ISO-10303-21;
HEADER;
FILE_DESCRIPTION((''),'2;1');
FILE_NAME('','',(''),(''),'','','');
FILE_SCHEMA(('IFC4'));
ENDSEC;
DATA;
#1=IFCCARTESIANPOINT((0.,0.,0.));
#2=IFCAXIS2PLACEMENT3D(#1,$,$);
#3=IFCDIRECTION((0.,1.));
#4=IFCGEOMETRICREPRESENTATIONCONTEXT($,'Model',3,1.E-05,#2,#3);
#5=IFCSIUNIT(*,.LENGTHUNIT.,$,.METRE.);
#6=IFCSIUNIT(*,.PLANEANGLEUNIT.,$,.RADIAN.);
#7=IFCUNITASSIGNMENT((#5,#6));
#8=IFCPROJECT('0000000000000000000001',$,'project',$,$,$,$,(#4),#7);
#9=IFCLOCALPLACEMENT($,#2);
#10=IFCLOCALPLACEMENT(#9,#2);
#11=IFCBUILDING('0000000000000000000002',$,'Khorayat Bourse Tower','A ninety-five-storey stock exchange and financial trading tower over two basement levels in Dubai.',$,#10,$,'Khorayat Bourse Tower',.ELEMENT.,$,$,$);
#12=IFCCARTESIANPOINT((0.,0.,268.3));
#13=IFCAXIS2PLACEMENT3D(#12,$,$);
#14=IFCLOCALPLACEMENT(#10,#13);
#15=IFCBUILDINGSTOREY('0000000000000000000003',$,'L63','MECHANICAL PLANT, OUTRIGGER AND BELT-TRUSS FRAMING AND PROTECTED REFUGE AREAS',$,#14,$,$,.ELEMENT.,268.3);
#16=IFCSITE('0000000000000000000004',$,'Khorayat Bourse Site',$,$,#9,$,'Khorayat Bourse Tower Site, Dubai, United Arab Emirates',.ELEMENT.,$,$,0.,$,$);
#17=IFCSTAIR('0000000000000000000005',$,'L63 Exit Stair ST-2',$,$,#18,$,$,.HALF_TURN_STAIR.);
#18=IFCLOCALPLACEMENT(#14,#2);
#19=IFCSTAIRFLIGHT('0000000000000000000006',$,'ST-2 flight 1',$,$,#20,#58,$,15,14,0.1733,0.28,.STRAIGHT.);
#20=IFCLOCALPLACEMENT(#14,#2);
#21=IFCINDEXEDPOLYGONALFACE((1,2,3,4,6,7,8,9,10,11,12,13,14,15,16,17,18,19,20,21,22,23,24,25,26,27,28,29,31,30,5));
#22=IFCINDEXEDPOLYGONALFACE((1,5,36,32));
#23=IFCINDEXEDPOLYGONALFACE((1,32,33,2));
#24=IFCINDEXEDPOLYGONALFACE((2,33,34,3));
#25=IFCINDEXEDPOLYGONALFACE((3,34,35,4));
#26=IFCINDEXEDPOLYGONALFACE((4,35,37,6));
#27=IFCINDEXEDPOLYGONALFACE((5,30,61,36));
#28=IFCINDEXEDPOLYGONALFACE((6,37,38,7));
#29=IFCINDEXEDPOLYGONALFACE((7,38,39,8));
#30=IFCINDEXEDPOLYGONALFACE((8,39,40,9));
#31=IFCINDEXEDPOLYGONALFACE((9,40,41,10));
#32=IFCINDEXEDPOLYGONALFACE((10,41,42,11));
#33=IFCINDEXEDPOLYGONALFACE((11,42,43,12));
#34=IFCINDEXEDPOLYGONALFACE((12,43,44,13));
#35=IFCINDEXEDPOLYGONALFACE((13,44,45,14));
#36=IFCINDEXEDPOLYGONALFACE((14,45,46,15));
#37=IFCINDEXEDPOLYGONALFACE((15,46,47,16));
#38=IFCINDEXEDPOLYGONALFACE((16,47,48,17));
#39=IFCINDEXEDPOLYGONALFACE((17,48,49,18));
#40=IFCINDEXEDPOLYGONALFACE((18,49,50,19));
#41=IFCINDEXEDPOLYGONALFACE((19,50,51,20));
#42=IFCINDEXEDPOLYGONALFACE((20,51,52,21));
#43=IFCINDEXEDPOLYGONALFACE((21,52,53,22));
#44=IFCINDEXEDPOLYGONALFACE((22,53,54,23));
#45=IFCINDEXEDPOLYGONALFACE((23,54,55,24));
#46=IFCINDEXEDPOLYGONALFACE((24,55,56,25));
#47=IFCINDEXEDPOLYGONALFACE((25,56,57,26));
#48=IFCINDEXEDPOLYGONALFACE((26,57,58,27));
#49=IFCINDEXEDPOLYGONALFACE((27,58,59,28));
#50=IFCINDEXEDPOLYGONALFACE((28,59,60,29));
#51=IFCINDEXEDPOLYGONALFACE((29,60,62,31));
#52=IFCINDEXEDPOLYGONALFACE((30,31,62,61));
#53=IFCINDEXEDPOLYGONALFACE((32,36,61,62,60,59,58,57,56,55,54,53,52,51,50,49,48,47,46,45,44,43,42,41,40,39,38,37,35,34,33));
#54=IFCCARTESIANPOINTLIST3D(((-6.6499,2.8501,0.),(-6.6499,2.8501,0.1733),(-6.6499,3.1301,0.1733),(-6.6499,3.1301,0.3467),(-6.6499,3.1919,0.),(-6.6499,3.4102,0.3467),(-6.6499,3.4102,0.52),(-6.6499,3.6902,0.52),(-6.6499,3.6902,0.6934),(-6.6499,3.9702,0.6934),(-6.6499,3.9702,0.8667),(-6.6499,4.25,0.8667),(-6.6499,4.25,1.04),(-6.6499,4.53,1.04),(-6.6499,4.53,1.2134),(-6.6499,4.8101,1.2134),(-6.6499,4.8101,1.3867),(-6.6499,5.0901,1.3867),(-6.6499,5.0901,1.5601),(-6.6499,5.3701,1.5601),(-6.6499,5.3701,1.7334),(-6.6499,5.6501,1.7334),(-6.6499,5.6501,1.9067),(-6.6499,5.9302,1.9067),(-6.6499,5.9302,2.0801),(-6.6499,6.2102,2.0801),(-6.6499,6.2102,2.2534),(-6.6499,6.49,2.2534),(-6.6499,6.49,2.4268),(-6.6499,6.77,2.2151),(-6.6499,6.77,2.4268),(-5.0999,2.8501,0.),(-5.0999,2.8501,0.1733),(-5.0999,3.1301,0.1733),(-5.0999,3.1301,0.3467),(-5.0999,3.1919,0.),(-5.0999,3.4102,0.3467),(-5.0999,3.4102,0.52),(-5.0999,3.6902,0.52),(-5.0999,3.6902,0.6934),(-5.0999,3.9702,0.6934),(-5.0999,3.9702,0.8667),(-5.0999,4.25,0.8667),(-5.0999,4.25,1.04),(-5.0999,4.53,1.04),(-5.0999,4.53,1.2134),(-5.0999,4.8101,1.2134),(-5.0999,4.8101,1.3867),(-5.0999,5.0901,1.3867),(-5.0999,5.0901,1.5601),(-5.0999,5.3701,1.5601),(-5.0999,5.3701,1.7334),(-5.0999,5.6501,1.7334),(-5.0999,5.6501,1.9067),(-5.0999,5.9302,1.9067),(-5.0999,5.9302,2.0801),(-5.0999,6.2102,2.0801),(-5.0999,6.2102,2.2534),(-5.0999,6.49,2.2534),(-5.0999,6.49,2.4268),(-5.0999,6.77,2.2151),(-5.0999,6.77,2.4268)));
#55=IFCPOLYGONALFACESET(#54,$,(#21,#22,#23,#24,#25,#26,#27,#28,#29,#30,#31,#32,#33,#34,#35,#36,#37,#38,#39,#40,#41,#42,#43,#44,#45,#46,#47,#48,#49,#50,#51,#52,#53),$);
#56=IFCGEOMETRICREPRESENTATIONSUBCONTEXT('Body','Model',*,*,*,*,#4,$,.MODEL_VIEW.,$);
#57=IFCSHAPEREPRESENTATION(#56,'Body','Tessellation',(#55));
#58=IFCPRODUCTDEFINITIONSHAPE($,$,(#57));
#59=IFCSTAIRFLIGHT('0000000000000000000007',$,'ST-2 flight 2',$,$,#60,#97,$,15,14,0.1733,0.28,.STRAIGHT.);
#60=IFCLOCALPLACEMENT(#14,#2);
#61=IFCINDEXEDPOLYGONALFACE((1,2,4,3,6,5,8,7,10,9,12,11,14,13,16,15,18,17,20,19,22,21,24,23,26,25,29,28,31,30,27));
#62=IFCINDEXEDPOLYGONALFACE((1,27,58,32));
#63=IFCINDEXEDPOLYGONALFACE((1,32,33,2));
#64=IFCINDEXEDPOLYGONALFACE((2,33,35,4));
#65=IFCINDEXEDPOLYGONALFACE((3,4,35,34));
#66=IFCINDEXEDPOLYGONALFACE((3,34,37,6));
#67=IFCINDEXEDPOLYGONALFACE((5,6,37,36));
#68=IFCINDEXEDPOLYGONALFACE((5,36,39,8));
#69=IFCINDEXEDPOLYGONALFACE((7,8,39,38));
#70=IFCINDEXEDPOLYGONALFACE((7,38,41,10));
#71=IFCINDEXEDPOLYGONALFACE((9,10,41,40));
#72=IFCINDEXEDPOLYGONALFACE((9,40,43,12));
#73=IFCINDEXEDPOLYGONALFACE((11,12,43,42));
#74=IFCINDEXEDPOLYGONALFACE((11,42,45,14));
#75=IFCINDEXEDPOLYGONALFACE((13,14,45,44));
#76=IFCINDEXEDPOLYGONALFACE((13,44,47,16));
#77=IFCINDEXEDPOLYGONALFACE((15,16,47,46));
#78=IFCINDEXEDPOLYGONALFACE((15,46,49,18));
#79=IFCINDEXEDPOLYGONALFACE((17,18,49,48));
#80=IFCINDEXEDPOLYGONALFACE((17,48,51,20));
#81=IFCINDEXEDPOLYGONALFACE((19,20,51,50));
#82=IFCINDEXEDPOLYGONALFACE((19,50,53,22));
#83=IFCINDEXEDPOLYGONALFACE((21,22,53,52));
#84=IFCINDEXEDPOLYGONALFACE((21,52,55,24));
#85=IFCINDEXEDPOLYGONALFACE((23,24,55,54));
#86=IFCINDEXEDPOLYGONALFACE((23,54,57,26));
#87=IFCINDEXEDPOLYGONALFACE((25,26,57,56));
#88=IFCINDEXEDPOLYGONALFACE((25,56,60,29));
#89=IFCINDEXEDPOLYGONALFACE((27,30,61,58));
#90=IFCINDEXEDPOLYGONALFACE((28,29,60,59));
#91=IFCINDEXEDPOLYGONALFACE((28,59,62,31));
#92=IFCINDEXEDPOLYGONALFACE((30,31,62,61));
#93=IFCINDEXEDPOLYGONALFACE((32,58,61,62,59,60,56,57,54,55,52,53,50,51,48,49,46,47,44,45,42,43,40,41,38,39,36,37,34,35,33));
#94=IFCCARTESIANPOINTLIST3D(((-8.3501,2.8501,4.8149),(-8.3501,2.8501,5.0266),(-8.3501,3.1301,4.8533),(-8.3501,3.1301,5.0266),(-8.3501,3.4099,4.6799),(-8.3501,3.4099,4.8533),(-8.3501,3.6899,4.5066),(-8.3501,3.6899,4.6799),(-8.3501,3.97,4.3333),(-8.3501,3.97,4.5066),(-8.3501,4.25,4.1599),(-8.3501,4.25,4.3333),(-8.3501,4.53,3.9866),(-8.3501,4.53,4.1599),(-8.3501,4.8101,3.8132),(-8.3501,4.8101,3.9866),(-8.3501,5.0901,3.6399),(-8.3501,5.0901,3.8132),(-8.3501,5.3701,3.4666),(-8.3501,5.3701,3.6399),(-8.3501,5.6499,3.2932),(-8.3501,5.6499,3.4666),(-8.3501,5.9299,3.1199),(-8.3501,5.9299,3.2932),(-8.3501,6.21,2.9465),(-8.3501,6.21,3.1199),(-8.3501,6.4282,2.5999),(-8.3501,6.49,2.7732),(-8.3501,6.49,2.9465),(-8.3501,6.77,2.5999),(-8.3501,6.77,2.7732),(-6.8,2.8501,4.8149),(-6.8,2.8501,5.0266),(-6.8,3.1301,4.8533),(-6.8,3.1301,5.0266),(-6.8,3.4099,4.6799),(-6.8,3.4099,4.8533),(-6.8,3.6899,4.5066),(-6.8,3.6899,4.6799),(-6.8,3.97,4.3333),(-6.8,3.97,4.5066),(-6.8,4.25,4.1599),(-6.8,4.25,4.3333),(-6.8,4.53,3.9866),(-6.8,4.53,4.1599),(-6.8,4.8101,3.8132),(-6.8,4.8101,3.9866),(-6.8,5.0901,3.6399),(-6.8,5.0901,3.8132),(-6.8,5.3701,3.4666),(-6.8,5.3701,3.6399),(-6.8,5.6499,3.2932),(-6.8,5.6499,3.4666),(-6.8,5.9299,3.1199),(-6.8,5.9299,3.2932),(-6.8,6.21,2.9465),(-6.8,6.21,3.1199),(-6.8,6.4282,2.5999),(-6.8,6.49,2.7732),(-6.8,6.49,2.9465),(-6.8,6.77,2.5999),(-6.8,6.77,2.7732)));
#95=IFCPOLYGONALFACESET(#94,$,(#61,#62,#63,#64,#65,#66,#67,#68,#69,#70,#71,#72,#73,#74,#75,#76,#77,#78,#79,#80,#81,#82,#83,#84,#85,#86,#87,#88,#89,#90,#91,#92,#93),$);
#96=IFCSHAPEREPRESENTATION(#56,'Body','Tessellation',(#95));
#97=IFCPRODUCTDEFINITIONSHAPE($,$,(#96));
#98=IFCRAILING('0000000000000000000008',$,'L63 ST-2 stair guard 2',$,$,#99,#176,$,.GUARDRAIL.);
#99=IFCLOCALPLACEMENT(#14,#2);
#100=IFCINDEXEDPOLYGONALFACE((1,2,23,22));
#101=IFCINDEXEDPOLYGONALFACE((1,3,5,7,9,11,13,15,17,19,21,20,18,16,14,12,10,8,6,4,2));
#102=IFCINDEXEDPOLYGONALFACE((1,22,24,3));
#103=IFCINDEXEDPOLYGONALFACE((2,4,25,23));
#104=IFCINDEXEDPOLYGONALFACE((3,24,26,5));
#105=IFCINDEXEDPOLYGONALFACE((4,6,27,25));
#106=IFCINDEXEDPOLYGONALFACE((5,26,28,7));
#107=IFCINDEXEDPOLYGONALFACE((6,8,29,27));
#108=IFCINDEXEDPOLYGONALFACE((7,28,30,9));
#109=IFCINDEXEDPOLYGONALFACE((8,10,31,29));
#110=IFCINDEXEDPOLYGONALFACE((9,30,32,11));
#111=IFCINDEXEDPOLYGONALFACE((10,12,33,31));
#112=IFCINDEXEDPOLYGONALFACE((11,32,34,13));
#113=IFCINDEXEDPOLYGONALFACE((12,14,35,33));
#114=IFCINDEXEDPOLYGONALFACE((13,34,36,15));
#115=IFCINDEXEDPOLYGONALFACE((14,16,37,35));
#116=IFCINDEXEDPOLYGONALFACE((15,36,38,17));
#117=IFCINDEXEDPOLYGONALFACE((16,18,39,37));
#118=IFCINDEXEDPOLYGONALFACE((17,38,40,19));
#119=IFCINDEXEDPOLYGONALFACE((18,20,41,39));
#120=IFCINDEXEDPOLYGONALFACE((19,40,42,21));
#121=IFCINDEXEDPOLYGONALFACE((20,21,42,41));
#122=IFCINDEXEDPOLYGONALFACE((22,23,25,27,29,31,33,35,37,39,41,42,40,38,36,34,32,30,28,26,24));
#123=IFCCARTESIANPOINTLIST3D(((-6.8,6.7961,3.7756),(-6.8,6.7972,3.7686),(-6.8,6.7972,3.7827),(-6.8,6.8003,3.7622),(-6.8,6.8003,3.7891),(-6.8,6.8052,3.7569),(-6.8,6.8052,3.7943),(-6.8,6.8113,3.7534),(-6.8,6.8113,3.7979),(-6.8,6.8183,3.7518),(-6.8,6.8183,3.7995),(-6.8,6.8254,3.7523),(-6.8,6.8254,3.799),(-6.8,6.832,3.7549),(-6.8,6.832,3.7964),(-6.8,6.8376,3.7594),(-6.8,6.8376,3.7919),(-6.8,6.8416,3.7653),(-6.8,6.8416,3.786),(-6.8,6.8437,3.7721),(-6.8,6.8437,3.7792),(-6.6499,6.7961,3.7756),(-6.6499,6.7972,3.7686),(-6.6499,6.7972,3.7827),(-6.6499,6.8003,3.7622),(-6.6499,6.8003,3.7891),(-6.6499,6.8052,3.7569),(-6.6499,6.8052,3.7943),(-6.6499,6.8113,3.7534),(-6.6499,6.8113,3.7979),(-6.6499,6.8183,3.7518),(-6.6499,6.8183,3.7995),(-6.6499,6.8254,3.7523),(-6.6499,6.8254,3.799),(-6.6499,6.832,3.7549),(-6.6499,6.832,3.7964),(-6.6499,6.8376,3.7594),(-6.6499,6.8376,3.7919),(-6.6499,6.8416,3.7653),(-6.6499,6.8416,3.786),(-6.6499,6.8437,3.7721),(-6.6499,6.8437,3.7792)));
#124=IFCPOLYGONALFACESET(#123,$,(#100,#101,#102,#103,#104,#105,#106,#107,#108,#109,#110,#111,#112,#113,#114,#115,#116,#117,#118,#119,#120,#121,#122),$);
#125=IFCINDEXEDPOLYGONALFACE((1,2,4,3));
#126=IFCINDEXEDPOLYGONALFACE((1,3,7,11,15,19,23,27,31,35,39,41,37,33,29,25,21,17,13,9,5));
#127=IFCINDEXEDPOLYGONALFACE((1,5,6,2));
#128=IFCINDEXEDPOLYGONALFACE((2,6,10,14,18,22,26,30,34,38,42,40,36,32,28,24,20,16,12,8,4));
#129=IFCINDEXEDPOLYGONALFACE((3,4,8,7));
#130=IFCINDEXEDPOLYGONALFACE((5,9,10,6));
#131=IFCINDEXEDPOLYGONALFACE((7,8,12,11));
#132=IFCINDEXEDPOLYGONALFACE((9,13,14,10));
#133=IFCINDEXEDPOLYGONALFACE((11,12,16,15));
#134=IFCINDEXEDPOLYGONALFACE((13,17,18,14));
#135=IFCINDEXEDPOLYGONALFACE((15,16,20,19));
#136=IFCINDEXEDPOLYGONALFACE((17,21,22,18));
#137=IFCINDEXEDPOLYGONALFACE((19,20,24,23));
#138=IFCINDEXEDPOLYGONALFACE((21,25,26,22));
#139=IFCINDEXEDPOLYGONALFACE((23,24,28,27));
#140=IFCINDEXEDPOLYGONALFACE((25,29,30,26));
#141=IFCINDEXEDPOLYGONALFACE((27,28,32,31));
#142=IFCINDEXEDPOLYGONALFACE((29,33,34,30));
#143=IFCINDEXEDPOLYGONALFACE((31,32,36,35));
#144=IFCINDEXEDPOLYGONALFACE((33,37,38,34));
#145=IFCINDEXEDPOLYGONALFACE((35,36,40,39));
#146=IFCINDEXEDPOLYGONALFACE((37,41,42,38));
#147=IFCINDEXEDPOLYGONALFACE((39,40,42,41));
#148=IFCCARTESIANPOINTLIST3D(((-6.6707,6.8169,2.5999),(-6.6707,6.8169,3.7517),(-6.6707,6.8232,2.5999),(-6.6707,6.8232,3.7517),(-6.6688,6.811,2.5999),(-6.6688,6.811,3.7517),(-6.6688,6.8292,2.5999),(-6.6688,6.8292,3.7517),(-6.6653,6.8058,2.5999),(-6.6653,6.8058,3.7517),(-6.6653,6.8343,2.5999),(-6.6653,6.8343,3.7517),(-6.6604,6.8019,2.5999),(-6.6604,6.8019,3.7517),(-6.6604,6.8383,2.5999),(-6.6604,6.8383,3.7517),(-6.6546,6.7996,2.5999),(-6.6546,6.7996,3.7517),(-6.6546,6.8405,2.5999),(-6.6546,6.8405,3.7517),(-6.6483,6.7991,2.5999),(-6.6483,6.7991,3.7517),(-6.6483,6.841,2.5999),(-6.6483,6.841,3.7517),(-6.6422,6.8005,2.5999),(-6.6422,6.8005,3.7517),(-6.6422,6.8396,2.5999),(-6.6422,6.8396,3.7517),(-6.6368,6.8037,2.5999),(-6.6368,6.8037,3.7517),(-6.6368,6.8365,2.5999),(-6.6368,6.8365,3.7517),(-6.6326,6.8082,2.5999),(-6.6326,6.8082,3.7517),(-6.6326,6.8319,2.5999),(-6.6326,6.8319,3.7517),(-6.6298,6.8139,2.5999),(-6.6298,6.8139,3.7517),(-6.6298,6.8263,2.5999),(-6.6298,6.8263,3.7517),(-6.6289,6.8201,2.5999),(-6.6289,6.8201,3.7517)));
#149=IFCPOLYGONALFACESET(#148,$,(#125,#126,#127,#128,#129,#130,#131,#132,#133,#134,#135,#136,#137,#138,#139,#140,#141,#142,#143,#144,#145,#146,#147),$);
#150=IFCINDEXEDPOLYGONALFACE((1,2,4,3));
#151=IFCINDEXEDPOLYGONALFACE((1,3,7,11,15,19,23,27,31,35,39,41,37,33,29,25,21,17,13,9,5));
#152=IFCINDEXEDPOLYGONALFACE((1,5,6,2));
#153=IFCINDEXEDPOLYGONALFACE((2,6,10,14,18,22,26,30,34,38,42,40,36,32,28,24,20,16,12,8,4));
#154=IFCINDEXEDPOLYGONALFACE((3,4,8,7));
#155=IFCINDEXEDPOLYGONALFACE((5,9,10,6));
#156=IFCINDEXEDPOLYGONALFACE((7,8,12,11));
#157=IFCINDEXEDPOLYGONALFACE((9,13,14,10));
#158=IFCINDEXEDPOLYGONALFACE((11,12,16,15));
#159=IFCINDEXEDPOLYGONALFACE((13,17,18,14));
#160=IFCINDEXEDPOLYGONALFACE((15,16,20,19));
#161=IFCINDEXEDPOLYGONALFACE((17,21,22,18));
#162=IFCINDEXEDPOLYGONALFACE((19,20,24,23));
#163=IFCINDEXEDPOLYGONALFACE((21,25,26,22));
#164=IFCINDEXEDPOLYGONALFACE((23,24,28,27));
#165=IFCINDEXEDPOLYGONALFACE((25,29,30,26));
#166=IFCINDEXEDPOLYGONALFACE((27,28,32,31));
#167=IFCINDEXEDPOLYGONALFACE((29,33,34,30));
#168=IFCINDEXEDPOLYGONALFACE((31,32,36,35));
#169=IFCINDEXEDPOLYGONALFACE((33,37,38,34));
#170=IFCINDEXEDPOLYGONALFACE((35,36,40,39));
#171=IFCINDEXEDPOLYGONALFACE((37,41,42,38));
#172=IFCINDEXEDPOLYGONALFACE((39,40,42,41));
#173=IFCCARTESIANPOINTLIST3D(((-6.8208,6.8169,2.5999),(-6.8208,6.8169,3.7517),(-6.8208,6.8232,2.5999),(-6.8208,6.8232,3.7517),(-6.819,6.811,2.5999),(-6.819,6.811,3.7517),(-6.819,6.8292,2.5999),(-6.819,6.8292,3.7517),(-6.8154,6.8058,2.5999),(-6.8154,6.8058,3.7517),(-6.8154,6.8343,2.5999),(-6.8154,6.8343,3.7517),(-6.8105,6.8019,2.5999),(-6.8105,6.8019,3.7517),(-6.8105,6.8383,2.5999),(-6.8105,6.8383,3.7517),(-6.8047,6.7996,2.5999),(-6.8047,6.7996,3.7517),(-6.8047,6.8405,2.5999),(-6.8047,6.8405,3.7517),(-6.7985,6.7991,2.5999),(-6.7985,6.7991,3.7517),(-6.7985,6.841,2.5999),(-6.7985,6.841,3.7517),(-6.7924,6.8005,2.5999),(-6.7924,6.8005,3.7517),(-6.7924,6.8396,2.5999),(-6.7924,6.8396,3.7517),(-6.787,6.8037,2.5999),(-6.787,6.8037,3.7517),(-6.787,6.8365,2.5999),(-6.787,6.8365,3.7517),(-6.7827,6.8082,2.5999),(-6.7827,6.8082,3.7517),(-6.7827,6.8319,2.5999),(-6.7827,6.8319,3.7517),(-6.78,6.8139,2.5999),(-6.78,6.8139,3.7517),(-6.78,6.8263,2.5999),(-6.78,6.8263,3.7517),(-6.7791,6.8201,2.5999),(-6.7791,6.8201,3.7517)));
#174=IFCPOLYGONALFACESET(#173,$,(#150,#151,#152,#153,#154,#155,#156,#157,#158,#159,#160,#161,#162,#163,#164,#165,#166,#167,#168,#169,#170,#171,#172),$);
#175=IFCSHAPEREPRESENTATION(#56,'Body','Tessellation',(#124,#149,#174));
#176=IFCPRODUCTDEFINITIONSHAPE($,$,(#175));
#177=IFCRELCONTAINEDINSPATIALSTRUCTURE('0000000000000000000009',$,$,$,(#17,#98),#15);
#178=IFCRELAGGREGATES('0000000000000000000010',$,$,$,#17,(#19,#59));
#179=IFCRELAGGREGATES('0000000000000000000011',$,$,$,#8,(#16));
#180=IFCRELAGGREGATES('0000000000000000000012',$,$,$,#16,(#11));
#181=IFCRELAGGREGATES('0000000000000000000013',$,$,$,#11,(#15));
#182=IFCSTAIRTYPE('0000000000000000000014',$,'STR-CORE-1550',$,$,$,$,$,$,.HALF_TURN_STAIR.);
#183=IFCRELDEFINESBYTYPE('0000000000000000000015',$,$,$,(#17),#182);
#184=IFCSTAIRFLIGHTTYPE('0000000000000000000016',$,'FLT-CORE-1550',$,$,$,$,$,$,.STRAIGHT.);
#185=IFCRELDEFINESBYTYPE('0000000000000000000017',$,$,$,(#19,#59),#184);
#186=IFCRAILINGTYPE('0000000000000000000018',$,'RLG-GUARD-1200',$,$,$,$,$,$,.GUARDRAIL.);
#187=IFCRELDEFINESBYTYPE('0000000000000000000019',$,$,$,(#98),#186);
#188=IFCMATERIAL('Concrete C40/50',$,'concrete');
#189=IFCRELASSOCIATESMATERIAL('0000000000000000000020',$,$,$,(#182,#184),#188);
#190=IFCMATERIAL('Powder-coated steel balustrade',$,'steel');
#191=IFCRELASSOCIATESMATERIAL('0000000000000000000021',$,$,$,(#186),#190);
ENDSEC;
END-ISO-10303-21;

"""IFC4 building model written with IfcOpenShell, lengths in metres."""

from ifc_helpers import new_model, si_unit, direction, frame, origin, origin_2d, place, context, subcontext, project, spatial, polyline, circle, outline, extrude, source, transform, mapped, material, type_object, element, aggregate, save


model = new_model("IFC4")

# Units and contexts
model_context = context("Model", 3, precision=1e-05, world=origin(), true_north=direction((0.0, 1.0)))
body_context = subcontext(model_context, "Body", "Model", "MODEL_VIEW")
ifc_project = project(units=[si_unit("LENGTHUNIT", "METRE"), si_unit("PLANEANGLEUNIT", "RADIAN")], contexts=[model_context])

# Site, building, storey
site_placement = place(None, origin())
site = spatial("IfcSite", under=ifc_project, at=site_placement, Name="Khorayat Bourse Site", LongName="Khorayat Bourse Tower Site, Dubai, United Arab Emirates", CompositionType="ELEMENT", RefElevation=0.0)
building_placement = place(site_placement, origin())
building = spatial("IfcBuilding", under=site, at=building_placement, Name="Khorayat Bourse Tower", Description="A ninety-five-storey stock exchange and financial trading tower over two basement levels in Dubai.", LongName="Khorayat Bourse Tower", CompositionType="ELEMENT")
storey_placement = place(building_placement, frame((0.0, 0.0, 268.3)))
storey = spatial("IfcBuildingStorey", under=building, at=storey_placement, Name="L63", Description="MECHANICAL PLANT, OUTRIGGER AND BELT-TRUSS FRAMING AND PROTECTED REFUGE AREAS", CompositionType="ELEMENT", Elevation=268.3)

# Stair, stair flights
ifc_material_1 = material(Name="Concrete C40/50", Category="concrete")
stair_type = type_object("IfcStairType", Name="STR-CORE-1550", PredefinedType="HALF_TURN_STAIR", material=ifc_material_1)
stair_placement = place(storey_placement, origin())
stair = element("IfcStair", 1, at=stair_placement, inside=storey, type_object=stair_type, Name="L63 Exit Stair ST-2", PredefinedType="HALF_TURN_STAIR")
stair_flight_type = type_object("IfcStairFlightType", Name="FLT-CORE-1550", PredefinedType="STRAIGHT", material=ifc_material_1)
shared_shape_1 = source(origin(), body_context, "Body", "SweptSolid", [
    extrude(outline(polyline([(0.0, 0.0), (0.0, 0.1733), (0.28, 0.1733), (0.28, 0.3467), (0.5601, 0.3467), (0.5601, 0.52), (0.8401, 0.52), (0.8401, 0.6934), (1.1201, 0.6934), (1.1201, 0.8667), (1.3999, 0.8667), (1.3999, 1.04), (1.6799, 1.04), (1.6799, 1.2134), (1.96, 1.2134), (1.96, 1.3867), (2.24, 1.3867), (2.24, 1.5601), (2.52, 1.5601), (2.52, 1.7334), (2.8, 1.7334), (2.8, 1.9067), (3.0801, 1.9067), (3.0801, 2.0801), (3.3601, 2.0801), (3.3601, 2.2534), (3.6399, 2.2534), (3.6399, 2.4268), (3.9199, 2.4268), (3.9199, 2.6001), (3.9199, 2.2151), (0.3418, 0.0), (0.0, 0.0)])), frame((0.0, 0.7749, 0.0), z_axis=(0.0, -1.0, 0.0), x_axis=(1.0, 0.0, 0.0)), (0.0, 0.0, 1.0), 1.55),
])
stair_flight_1_placement = place(storey_placement, frame((-5.875, 2.8501, 0.0), z_axis=(0.0, 0.0, 1.0), x_axis=(0.0, 1.0, 0.0)))
stair_flight_1 = element("IfcStairFlight", 2, at=stair_flight_1_placement, type_object=stair_flight_type, Name="ST-2 flight 1", NumberOfRisers=15, NumberOfTreads=14, PredefinedType="STRAIGHT", RiserHeight=0.1733, TreadLength=0.28, context=body_context, shape_type="MappedRepresentation", body=[
    mapped(shared_shape_1, transform((0.0, 0.0, 0.0), scale=1.0)),
])
stair_flight_2_placement = place(storey_placement, frame((-7.575, 6.77, 2.5999), z_axis=(0.0, 0.0, 1.0), x_axis=(0.0, -1.0, 0.0)))
stair_flight_2 = element("IfcStairFlight", 3, at=stair_flight_2_placement, type_object=stair_flight_type, Name="ST-2 flight 2", NumberOfRisers=15, NumberOfTreads=14, PredefinedType="STRAIGHT", RiserHeight=0.1733, TreadLength=0.28, context=body_context, shape_type="MappedRepresentation", body=[
    mapped(shared_shape_1, transform((0.0, 0.0, 0.0), scale=1.0)),
])
aggregate(stair, [stair_flight_1, stair_flight_2])

# Railing
ifc_material_2 = material(Name="Powder-coated steel balustrade", Category="steel")
railing_type_1 = type_object("IfcRailingType", Name="RLG-GUARD-1200", PredefinedType="GUARDRAIL", material=ifc_material_2)
shared_shape_2 = source(origin(), body_context, "Body", "SweptSolid", [
    extrude(circle(Radius=0.0239, at=origin_2d()), frame((0.0, 0.0, 1.1758), z_axis=(-1.0, 0.0, 0.0), x_axis=(0.0, -1.0, 0.0)), (0.0, 0.0, 1.0), 0.1501),
    extrude(circle(Radius=0.021, at=origin_2d()), origin(), (0.0, 0.0, 1.0), 1.1519),
    extrude(circle(Radius=0.021, at=origin_2d()), frame((-0.1501, 0.0, 0.0)), (0.0, 0.0, 1.0), 1.1519),
])
for number, where, name in (
    (4, (-6.6499, 6.8201, 2.5999), "L63 ST-2 stair guard 2"),
):
    element("IfcRailing", number, at=place(storey_placement, frame(where)), inside=storey, type_object=railing_type_1, Name=name, PredefinedType="GUARDRAIL", context=body_context, shape_type="MappedRepresentation", body=[
        mapped(shared_shape_2, transform((0.0, 0.0, 0.0), scale=1.0)),
    ])

save(model, "model.ifc")
